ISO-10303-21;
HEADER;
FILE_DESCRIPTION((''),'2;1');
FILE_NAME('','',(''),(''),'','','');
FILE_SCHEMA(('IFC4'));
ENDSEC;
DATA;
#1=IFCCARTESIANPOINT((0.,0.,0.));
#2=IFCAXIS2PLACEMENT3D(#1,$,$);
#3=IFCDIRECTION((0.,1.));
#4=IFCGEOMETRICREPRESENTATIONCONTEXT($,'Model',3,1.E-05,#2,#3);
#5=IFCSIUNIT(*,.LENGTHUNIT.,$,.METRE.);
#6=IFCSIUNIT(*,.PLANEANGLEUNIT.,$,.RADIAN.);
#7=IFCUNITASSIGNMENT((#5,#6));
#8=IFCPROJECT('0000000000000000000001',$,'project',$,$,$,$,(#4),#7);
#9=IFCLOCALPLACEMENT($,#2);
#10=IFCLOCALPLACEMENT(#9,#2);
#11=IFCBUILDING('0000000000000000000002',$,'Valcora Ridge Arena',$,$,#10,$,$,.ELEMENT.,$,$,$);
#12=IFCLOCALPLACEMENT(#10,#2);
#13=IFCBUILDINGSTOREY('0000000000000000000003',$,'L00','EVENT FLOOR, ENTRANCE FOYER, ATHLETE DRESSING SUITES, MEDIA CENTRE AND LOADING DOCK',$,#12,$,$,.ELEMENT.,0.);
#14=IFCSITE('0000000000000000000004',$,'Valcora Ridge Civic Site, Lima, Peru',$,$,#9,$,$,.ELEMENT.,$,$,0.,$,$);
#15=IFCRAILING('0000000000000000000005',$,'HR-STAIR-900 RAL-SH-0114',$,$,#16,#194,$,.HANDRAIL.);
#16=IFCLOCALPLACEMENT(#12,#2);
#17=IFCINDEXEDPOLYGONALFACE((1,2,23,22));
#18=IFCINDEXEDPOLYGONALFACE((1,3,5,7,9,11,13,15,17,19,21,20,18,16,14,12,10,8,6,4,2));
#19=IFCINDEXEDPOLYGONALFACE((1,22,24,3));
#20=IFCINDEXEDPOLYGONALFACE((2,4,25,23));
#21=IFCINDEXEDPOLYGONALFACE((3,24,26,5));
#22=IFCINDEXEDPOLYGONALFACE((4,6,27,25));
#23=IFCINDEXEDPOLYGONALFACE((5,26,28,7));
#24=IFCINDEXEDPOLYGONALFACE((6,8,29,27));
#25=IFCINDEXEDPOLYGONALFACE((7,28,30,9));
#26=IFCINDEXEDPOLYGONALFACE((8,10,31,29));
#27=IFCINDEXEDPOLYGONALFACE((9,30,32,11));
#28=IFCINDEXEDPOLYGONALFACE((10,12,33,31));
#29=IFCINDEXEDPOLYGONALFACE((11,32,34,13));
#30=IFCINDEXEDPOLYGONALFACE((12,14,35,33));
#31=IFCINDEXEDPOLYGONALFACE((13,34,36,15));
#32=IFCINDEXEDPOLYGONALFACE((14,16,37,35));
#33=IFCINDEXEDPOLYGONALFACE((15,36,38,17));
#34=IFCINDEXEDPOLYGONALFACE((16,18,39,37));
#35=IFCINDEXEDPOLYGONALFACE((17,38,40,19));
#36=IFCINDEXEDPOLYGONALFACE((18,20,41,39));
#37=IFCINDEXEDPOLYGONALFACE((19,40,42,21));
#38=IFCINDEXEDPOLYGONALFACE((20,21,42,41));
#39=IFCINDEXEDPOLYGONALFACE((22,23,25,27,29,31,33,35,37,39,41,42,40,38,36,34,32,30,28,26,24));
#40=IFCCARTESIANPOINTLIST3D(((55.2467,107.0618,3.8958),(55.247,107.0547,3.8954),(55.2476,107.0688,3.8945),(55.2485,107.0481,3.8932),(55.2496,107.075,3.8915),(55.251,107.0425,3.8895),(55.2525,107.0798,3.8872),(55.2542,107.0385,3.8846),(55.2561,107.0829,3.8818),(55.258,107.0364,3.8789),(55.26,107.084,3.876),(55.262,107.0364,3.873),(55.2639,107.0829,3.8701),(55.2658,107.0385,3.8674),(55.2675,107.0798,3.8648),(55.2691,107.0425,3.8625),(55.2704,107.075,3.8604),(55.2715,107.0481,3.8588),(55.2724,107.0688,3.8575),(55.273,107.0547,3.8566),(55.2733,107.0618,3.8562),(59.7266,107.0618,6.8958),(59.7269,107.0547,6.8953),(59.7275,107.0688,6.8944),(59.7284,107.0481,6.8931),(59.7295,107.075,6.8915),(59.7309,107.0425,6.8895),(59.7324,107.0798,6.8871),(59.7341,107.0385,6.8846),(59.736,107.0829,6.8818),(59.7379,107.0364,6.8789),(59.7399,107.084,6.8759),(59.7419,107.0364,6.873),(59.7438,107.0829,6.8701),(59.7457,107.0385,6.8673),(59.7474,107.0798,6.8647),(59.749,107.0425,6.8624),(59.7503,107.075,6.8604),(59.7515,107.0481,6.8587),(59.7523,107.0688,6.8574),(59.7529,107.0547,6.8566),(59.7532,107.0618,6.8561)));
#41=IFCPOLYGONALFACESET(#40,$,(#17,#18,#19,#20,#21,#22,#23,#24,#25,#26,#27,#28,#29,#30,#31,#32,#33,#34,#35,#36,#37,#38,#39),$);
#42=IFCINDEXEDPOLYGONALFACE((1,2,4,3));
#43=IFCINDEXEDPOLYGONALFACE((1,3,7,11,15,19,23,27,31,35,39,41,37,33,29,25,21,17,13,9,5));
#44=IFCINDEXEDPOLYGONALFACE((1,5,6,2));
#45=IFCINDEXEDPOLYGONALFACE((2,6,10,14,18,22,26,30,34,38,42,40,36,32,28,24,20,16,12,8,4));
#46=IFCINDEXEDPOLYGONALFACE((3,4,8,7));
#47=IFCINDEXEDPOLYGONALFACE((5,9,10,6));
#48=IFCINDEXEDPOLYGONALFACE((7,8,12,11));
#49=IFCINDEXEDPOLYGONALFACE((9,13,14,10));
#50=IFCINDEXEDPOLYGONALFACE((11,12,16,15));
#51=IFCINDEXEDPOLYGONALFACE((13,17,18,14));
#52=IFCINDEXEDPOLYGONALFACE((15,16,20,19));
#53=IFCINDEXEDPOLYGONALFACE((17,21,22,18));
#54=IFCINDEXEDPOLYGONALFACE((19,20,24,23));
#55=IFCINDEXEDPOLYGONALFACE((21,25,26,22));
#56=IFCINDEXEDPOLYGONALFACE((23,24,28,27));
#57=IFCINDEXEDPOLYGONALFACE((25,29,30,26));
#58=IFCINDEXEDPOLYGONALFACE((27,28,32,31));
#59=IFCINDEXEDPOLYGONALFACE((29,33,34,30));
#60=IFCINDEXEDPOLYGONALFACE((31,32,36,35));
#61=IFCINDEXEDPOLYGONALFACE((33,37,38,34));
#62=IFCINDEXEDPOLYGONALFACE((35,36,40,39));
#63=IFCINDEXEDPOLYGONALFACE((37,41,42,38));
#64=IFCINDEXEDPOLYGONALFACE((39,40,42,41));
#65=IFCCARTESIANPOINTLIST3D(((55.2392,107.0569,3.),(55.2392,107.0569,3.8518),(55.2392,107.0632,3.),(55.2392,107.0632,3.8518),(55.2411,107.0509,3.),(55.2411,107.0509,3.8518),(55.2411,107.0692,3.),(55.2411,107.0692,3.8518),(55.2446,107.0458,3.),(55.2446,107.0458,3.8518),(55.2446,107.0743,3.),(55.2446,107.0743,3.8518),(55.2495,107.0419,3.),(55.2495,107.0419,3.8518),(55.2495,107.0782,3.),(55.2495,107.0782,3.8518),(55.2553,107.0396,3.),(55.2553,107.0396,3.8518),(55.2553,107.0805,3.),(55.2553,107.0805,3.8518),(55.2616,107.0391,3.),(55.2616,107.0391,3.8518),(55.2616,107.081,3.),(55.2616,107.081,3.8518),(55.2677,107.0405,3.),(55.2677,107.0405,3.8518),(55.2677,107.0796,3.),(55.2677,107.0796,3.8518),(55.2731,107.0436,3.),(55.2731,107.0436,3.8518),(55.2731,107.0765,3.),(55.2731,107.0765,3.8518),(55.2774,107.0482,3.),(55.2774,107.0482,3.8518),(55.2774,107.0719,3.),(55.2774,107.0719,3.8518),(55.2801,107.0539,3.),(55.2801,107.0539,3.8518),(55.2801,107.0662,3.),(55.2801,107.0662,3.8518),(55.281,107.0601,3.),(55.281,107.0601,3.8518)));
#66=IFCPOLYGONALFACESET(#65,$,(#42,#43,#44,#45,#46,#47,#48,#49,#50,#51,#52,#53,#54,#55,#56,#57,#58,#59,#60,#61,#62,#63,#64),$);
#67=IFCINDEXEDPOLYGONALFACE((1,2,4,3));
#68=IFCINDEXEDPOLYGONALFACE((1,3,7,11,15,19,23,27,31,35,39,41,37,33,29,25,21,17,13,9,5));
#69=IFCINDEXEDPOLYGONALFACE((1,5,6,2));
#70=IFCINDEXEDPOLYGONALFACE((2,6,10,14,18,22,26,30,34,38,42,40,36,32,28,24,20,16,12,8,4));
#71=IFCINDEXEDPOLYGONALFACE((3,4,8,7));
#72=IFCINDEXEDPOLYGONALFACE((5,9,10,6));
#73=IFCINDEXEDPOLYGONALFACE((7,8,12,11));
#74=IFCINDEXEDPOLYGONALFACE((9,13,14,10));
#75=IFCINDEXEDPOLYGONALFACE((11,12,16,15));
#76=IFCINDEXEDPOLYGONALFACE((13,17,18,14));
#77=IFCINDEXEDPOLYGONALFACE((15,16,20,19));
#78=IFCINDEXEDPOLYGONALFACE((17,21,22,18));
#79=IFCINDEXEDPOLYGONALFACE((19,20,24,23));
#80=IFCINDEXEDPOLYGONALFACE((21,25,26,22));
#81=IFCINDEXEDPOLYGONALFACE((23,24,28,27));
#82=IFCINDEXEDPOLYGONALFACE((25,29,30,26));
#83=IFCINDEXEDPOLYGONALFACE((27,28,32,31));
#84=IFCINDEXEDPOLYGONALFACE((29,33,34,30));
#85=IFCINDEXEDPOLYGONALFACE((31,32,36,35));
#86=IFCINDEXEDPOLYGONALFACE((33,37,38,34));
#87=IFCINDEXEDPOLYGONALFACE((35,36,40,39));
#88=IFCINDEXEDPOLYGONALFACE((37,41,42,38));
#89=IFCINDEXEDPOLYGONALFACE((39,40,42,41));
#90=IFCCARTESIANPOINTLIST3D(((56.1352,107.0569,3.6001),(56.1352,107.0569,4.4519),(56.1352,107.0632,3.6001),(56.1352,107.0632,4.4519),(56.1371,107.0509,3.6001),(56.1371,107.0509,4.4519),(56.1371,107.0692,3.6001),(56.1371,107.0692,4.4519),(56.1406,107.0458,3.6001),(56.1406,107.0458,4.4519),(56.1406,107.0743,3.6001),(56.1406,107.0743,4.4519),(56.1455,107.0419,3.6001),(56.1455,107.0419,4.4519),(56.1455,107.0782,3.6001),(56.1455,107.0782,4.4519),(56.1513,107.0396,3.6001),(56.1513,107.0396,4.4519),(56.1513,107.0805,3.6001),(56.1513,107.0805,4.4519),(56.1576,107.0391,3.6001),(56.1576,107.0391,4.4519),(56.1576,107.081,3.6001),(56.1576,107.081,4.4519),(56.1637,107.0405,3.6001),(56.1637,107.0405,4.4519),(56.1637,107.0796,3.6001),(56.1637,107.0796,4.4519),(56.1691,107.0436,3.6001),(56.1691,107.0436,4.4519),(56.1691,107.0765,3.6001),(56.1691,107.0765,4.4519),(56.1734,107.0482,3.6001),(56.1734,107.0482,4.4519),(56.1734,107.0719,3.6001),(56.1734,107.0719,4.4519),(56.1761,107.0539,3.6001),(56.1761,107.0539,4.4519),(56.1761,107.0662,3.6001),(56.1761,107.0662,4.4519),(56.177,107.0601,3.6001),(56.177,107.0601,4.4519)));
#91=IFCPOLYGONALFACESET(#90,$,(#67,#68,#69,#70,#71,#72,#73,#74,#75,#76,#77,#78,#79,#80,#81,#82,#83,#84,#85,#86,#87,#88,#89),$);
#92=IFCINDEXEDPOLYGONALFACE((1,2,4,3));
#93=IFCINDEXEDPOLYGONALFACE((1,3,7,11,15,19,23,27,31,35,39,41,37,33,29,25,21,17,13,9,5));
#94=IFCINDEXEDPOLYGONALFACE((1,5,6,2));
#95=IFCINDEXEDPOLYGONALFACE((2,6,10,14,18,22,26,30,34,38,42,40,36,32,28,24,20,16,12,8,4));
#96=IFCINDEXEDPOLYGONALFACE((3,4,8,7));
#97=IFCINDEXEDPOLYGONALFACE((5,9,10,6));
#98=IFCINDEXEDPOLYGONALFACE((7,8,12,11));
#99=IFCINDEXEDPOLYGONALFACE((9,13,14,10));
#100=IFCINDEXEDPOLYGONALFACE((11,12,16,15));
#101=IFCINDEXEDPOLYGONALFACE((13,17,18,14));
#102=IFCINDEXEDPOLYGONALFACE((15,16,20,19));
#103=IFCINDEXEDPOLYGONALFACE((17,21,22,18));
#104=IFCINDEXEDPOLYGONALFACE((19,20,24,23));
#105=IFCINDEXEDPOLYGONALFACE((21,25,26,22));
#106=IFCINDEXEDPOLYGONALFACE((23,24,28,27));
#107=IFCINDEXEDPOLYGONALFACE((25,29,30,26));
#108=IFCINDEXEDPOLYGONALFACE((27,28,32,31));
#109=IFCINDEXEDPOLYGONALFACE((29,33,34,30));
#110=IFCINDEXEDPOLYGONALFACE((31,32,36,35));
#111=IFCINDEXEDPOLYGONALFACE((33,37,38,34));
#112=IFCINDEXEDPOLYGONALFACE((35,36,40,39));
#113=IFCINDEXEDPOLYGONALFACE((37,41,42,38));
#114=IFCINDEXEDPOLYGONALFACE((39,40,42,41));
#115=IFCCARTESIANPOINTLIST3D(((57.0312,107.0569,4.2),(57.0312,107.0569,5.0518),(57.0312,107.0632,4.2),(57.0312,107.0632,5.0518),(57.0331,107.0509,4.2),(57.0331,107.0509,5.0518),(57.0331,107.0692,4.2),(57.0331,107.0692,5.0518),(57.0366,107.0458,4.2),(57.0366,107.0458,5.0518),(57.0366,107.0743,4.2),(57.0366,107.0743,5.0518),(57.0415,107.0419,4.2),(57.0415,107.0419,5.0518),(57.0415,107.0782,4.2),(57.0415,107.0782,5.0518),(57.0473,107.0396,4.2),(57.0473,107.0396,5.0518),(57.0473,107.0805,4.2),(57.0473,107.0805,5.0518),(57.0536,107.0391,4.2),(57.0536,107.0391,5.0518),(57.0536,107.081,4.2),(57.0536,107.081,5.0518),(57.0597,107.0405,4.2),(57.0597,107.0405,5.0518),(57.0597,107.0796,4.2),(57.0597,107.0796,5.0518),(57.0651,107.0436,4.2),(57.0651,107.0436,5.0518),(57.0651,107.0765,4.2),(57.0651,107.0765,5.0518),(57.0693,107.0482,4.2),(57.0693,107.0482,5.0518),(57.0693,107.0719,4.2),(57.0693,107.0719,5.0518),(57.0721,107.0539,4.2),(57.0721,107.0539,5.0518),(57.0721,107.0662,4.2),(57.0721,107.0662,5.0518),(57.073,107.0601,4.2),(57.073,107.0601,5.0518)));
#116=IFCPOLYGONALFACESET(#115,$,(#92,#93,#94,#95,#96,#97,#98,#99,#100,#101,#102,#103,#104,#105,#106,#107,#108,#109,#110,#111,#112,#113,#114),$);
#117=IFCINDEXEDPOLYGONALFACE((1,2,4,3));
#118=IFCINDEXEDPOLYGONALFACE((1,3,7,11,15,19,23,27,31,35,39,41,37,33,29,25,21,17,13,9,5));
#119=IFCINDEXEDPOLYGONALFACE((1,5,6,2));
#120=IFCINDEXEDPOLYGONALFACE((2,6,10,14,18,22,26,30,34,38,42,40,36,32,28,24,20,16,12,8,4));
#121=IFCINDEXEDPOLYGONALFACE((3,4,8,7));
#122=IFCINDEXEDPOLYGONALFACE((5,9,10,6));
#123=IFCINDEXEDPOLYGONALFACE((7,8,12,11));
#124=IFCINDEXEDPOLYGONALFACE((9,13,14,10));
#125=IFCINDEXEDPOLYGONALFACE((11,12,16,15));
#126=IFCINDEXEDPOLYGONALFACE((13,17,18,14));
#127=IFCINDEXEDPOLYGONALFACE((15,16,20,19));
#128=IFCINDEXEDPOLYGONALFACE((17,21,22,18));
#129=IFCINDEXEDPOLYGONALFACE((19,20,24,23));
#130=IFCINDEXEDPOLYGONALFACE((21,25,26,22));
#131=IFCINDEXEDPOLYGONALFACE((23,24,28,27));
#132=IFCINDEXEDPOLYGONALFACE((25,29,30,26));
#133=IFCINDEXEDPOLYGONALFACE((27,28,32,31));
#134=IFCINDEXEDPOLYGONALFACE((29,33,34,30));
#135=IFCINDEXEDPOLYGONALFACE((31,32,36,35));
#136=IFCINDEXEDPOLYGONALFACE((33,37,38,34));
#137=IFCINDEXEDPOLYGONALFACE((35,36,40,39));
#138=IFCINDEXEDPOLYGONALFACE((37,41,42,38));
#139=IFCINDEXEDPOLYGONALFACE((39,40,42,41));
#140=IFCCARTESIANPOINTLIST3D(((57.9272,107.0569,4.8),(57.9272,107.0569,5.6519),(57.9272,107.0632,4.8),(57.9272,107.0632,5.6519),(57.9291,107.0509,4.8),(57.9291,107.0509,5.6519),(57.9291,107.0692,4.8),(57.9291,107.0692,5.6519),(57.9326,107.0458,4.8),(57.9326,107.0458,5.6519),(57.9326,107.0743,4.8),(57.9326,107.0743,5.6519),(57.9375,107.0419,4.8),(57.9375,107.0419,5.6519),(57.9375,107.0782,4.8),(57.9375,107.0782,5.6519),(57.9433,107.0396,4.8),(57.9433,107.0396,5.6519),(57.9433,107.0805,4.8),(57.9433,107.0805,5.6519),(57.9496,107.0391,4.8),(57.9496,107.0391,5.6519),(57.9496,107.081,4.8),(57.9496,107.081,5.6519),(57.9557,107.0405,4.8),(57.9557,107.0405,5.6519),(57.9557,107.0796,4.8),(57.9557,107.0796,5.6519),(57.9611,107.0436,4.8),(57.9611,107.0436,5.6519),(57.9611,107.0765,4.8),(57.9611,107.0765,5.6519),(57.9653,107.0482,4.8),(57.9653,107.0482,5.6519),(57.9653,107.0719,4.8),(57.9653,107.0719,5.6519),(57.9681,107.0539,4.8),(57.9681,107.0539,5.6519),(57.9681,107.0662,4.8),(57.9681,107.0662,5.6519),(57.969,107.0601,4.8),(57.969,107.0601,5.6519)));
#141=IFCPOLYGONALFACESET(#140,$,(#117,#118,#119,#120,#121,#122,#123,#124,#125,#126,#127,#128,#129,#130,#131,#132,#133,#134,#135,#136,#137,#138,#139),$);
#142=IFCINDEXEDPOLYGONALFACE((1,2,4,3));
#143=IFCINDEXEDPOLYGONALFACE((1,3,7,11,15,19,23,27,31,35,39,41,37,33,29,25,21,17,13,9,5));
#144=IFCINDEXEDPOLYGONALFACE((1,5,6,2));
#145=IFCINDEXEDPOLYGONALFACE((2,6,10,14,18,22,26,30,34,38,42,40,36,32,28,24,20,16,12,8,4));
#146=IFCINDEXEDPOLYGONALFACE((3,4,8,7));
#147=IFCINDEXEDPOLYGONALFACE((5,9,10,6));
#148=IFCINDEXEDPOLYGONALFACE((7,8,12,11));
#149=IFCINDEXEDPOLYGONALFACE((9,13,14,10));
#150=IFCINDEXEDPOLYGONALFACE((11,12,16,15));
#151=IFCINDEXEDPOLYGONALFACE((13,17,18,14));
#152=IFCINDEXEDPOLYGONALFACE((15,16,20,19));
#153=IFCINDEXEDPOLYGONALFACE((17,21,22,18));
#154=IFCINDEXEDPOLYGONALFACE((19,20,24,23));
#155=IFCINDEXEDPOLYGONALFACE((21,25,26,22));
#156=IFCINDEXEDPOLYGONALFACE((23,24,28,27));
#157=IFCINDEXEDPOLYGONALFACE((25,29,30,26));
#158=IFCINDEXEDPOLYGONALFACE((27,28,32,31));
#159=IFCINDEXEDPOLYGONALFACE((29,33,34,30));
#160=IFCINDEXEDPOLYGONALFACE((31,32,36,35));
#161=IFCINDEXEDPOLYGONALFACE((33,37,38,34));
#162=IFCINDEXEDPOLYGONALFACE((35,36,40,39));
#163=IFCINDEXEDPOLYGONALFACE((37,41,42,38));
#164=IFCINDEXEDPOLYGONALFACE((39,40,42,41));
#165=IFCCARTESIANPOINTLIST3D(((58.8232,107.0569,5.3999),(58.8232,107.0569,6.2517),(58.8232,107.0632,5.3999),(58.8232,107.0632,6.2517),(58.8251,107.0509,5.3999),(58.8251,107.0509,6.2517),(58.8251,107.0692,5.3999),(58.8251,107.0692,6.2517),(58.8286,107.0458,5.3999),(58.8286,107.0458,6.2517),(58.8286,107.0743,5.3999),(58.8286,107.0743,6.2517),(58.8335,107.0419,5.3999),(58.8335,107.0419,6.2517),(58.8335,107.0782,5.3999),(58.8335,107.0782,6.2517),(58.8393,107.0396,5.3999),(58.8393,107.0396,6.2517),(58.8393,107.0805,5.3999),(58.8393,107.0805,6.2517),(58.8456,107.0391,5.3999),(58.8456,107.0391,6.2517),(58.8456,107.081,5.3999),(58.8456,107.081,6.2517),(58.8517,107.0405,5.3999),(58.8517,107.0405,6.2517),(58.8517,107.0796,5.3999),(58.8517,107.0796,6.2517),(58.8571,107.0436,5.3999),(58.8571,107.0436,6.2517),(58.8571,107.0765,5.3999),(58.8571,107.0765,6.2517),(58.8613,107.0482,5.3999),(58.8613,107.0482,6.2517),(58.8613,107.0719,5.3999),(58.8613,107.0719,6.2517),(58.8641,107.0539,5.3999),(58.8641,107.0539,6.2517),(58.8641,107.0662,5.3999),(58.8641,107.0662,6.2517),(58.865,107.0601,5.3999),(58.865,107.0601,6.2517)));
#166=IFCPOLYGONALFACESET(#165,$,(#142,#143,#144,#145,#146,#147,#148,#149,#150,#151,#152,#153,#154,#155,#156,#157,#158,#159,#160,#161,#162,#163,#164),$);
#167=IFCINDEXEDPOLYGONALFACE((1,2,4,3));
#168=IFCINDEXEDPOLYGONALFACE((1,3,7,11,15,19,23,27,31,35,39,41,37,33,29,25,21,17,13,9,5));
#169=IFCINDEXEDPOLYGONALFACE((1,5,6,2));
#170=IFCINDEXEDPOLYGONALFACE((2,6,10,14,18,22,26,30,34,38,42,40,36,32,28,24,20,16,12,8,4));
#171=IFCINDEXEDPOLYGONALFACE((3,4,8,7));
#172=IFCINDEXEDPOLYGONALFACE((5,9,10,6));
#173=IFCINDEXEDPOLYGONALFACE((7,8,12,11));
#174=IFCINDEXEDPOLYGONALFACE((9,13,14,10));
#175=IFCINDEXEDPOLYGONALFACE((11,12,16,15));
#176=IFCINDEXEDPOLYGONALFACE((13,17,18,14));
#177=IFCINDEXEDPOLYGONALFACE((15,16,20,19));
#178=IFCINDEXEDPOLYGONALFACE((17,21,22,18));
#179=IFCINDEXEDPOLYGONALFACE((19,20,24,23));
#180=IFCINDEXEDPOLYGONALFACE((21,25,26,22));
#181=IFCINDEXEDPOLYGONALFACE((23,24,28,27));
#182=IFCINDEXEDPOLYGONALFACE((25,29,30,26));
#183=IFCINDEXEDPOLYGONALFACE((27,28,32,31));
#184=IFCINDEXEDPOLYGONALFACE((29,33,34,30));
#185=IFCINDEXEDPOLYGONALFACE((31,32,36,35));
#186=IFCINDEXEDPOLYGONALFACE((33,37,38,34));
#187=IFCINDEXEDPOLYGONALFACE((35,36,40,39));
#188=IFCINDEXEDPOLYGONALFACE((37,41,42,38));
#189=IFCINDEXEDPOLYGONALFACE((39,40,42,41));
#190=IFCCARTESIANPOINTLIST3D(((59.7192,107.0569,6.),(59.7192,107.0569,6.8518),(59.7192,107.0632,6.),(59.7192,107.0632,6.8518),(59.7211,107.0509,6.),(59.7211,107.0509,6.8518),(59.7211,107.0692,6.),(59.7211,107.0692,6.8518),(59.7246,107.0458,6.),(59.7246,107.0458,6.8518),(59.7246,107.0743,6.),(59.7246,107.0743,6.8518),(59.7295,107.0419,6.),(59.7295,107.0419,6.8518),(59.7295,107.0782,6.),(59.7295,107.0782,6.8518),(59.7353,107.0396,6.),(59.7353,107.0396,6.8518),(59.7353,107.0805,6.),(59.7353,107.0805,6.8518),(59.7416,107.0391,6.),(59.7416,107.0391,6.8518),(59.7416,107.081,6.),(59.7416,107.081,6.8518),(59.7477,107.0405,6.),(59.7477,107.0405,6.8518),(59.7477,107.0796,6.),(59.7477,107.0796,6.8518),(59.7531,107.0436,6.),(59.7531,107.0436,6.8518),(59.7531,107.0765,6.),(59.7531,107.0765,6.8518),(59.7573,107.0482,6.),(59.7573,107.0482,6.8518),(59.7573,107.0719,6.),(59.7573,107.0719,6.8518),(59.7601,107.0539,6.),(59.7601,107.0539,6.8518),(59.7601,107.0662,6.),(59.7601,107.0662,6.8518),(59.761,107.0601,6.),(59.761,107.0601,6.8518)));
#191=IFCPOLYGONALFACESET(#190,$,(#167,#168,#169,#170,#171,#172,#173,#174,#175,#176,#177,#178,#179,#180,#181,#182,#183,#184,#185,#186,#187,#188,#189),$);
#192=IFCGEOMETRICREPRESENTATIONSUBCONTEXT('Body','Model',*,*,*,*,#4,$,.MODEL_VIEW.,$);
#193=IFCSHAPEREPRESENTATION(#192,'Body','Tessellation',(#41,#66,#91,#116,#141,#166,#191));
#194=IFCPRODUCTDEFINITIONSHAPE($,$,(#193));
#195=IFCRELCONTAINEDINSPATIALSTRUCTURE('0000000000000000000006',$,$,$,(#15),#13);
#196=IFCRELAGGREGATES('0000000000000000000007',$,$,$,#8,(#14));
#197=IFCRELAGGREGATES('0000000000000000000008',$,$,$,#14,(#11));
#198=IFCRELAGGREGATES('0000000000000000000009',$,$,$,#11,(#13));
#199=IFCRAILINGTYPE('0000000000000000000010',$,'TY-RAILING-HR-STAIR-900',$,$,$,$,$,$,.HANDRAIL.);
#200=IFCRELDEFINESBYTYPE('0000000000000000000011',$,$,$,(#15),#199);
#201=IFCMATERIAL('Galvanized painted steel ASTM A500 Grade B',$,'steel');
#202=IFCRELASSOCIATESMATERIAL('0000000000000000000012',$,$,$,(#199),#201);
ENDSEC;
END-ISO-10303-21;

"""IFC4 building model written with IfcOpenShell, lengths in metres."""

from ifc_helpers import new_model, si_unit, direction, frame, origin, origin_2d, place, context, subcontext, project, spatial, circle, extrude, material, type_object, element, save


model = new_model("IFC4")

# Units and contexts
model_context = context("Model", 3, precision=1e-05, world=origin(), true_north=direction((0.0, 1.0)))
body_context = subcontext(model_context, "Body", "Model", "MODEL_VIEW")
ifc_project = project(units=[si_unit("LENGTHUNIT", "METRE"), si_unit("PLANEANGLEUNIT", "RADIAN")], contexts=[model_context])

# Site, building, storey
site_placement = place(None, origin())
site = spatial("IfcSite", under=ifc_project, at=site_placement, Name="Valcora Ridge Civic Site, Lima, Peru", CompositionType="ELEMENT", RefElevation=0.0)
building_placement = place(site_placement, origin())
building = spatial("IfcBuilding", under=site, at=building_placement, Name="Valcora Ridge Arena", CompositionType="ELEMENT")
storey_placement = place(building_placement, origin())
storey = spatial("IfcBuildingStorey", under=building, at=storey_placement, Name="L00", Description="EVENT FLOOR, ENTRANCE FOYER, ATHLETE DRESSING SUITES, MEDIA CENTRE AND LOADING DOCK", CompositionType="ELEMENT", Elevation=0.0)

# Railing
ifc_material_1 = material(Name="Galvanized painted steel ASTM A500 Grade B", Category="steel")
railing_type_1 = type_object("IfcRailingType", Name="TY-RAILING-HR-STAIR-900", PredefinedType="HANDRAIL", material=ifc_material_1)
railing_1_placement = place(storey_placement, frame((55.26, 107.0601, 3.0)))
element("IfcRailing", 1, at=railing_1_placement, inside=storey, type_object=railing_type_1, Name="HR-STAIR-900 RAL-SH-0114", PredefinedType="HANDRAIL", context=body_context, shape_type="SweptSolid", body=[
    extrude(circle(Radius=0.0239, at=origin_2d()), frame((0.0, 0.0, 0.876), z_axis=(0.830906, 0.0, 0.556413), x_axis=(0.0, 1.0, 0.0)), (0.0, 0.0, 1.0), 5.3916),
    extrude(circle(Radius=0.021, at=origin_2d()), origin(), (0.0, 0.0, 1.0), 0.8518),
    extrude(circle(Radius=0.021, at=origin_2d()), frame((0.896, 0.0, 0.6001)), (0.0, 0.0, 1.0), 0.8518),
    extrude(circle(Radius=0.021, at=origin_2d()), frame((1.792, 0.0, 1.2)), (0.0, 0.0, 1.0), 0.8518),
    extrude(circle(Radius=0.021, at=origin_2d()), frame((2.688, 0.0, 1.8)), (0.0, 0.0, 1.0), 0.8518),
    extrude(circle(Radius=0.021, at=origin_2d()), frame((3.584, 0.0, 2.3999)), (0.0, 0.0, 1.0), 0.8518),
    extrude(circle(Radius=0.021, at=origin_2d()), frame((4.48, 0.0, 3.0)), (0.0, 0.0, 1.0), 0.8518),
])

save(model, "model.ifc")
